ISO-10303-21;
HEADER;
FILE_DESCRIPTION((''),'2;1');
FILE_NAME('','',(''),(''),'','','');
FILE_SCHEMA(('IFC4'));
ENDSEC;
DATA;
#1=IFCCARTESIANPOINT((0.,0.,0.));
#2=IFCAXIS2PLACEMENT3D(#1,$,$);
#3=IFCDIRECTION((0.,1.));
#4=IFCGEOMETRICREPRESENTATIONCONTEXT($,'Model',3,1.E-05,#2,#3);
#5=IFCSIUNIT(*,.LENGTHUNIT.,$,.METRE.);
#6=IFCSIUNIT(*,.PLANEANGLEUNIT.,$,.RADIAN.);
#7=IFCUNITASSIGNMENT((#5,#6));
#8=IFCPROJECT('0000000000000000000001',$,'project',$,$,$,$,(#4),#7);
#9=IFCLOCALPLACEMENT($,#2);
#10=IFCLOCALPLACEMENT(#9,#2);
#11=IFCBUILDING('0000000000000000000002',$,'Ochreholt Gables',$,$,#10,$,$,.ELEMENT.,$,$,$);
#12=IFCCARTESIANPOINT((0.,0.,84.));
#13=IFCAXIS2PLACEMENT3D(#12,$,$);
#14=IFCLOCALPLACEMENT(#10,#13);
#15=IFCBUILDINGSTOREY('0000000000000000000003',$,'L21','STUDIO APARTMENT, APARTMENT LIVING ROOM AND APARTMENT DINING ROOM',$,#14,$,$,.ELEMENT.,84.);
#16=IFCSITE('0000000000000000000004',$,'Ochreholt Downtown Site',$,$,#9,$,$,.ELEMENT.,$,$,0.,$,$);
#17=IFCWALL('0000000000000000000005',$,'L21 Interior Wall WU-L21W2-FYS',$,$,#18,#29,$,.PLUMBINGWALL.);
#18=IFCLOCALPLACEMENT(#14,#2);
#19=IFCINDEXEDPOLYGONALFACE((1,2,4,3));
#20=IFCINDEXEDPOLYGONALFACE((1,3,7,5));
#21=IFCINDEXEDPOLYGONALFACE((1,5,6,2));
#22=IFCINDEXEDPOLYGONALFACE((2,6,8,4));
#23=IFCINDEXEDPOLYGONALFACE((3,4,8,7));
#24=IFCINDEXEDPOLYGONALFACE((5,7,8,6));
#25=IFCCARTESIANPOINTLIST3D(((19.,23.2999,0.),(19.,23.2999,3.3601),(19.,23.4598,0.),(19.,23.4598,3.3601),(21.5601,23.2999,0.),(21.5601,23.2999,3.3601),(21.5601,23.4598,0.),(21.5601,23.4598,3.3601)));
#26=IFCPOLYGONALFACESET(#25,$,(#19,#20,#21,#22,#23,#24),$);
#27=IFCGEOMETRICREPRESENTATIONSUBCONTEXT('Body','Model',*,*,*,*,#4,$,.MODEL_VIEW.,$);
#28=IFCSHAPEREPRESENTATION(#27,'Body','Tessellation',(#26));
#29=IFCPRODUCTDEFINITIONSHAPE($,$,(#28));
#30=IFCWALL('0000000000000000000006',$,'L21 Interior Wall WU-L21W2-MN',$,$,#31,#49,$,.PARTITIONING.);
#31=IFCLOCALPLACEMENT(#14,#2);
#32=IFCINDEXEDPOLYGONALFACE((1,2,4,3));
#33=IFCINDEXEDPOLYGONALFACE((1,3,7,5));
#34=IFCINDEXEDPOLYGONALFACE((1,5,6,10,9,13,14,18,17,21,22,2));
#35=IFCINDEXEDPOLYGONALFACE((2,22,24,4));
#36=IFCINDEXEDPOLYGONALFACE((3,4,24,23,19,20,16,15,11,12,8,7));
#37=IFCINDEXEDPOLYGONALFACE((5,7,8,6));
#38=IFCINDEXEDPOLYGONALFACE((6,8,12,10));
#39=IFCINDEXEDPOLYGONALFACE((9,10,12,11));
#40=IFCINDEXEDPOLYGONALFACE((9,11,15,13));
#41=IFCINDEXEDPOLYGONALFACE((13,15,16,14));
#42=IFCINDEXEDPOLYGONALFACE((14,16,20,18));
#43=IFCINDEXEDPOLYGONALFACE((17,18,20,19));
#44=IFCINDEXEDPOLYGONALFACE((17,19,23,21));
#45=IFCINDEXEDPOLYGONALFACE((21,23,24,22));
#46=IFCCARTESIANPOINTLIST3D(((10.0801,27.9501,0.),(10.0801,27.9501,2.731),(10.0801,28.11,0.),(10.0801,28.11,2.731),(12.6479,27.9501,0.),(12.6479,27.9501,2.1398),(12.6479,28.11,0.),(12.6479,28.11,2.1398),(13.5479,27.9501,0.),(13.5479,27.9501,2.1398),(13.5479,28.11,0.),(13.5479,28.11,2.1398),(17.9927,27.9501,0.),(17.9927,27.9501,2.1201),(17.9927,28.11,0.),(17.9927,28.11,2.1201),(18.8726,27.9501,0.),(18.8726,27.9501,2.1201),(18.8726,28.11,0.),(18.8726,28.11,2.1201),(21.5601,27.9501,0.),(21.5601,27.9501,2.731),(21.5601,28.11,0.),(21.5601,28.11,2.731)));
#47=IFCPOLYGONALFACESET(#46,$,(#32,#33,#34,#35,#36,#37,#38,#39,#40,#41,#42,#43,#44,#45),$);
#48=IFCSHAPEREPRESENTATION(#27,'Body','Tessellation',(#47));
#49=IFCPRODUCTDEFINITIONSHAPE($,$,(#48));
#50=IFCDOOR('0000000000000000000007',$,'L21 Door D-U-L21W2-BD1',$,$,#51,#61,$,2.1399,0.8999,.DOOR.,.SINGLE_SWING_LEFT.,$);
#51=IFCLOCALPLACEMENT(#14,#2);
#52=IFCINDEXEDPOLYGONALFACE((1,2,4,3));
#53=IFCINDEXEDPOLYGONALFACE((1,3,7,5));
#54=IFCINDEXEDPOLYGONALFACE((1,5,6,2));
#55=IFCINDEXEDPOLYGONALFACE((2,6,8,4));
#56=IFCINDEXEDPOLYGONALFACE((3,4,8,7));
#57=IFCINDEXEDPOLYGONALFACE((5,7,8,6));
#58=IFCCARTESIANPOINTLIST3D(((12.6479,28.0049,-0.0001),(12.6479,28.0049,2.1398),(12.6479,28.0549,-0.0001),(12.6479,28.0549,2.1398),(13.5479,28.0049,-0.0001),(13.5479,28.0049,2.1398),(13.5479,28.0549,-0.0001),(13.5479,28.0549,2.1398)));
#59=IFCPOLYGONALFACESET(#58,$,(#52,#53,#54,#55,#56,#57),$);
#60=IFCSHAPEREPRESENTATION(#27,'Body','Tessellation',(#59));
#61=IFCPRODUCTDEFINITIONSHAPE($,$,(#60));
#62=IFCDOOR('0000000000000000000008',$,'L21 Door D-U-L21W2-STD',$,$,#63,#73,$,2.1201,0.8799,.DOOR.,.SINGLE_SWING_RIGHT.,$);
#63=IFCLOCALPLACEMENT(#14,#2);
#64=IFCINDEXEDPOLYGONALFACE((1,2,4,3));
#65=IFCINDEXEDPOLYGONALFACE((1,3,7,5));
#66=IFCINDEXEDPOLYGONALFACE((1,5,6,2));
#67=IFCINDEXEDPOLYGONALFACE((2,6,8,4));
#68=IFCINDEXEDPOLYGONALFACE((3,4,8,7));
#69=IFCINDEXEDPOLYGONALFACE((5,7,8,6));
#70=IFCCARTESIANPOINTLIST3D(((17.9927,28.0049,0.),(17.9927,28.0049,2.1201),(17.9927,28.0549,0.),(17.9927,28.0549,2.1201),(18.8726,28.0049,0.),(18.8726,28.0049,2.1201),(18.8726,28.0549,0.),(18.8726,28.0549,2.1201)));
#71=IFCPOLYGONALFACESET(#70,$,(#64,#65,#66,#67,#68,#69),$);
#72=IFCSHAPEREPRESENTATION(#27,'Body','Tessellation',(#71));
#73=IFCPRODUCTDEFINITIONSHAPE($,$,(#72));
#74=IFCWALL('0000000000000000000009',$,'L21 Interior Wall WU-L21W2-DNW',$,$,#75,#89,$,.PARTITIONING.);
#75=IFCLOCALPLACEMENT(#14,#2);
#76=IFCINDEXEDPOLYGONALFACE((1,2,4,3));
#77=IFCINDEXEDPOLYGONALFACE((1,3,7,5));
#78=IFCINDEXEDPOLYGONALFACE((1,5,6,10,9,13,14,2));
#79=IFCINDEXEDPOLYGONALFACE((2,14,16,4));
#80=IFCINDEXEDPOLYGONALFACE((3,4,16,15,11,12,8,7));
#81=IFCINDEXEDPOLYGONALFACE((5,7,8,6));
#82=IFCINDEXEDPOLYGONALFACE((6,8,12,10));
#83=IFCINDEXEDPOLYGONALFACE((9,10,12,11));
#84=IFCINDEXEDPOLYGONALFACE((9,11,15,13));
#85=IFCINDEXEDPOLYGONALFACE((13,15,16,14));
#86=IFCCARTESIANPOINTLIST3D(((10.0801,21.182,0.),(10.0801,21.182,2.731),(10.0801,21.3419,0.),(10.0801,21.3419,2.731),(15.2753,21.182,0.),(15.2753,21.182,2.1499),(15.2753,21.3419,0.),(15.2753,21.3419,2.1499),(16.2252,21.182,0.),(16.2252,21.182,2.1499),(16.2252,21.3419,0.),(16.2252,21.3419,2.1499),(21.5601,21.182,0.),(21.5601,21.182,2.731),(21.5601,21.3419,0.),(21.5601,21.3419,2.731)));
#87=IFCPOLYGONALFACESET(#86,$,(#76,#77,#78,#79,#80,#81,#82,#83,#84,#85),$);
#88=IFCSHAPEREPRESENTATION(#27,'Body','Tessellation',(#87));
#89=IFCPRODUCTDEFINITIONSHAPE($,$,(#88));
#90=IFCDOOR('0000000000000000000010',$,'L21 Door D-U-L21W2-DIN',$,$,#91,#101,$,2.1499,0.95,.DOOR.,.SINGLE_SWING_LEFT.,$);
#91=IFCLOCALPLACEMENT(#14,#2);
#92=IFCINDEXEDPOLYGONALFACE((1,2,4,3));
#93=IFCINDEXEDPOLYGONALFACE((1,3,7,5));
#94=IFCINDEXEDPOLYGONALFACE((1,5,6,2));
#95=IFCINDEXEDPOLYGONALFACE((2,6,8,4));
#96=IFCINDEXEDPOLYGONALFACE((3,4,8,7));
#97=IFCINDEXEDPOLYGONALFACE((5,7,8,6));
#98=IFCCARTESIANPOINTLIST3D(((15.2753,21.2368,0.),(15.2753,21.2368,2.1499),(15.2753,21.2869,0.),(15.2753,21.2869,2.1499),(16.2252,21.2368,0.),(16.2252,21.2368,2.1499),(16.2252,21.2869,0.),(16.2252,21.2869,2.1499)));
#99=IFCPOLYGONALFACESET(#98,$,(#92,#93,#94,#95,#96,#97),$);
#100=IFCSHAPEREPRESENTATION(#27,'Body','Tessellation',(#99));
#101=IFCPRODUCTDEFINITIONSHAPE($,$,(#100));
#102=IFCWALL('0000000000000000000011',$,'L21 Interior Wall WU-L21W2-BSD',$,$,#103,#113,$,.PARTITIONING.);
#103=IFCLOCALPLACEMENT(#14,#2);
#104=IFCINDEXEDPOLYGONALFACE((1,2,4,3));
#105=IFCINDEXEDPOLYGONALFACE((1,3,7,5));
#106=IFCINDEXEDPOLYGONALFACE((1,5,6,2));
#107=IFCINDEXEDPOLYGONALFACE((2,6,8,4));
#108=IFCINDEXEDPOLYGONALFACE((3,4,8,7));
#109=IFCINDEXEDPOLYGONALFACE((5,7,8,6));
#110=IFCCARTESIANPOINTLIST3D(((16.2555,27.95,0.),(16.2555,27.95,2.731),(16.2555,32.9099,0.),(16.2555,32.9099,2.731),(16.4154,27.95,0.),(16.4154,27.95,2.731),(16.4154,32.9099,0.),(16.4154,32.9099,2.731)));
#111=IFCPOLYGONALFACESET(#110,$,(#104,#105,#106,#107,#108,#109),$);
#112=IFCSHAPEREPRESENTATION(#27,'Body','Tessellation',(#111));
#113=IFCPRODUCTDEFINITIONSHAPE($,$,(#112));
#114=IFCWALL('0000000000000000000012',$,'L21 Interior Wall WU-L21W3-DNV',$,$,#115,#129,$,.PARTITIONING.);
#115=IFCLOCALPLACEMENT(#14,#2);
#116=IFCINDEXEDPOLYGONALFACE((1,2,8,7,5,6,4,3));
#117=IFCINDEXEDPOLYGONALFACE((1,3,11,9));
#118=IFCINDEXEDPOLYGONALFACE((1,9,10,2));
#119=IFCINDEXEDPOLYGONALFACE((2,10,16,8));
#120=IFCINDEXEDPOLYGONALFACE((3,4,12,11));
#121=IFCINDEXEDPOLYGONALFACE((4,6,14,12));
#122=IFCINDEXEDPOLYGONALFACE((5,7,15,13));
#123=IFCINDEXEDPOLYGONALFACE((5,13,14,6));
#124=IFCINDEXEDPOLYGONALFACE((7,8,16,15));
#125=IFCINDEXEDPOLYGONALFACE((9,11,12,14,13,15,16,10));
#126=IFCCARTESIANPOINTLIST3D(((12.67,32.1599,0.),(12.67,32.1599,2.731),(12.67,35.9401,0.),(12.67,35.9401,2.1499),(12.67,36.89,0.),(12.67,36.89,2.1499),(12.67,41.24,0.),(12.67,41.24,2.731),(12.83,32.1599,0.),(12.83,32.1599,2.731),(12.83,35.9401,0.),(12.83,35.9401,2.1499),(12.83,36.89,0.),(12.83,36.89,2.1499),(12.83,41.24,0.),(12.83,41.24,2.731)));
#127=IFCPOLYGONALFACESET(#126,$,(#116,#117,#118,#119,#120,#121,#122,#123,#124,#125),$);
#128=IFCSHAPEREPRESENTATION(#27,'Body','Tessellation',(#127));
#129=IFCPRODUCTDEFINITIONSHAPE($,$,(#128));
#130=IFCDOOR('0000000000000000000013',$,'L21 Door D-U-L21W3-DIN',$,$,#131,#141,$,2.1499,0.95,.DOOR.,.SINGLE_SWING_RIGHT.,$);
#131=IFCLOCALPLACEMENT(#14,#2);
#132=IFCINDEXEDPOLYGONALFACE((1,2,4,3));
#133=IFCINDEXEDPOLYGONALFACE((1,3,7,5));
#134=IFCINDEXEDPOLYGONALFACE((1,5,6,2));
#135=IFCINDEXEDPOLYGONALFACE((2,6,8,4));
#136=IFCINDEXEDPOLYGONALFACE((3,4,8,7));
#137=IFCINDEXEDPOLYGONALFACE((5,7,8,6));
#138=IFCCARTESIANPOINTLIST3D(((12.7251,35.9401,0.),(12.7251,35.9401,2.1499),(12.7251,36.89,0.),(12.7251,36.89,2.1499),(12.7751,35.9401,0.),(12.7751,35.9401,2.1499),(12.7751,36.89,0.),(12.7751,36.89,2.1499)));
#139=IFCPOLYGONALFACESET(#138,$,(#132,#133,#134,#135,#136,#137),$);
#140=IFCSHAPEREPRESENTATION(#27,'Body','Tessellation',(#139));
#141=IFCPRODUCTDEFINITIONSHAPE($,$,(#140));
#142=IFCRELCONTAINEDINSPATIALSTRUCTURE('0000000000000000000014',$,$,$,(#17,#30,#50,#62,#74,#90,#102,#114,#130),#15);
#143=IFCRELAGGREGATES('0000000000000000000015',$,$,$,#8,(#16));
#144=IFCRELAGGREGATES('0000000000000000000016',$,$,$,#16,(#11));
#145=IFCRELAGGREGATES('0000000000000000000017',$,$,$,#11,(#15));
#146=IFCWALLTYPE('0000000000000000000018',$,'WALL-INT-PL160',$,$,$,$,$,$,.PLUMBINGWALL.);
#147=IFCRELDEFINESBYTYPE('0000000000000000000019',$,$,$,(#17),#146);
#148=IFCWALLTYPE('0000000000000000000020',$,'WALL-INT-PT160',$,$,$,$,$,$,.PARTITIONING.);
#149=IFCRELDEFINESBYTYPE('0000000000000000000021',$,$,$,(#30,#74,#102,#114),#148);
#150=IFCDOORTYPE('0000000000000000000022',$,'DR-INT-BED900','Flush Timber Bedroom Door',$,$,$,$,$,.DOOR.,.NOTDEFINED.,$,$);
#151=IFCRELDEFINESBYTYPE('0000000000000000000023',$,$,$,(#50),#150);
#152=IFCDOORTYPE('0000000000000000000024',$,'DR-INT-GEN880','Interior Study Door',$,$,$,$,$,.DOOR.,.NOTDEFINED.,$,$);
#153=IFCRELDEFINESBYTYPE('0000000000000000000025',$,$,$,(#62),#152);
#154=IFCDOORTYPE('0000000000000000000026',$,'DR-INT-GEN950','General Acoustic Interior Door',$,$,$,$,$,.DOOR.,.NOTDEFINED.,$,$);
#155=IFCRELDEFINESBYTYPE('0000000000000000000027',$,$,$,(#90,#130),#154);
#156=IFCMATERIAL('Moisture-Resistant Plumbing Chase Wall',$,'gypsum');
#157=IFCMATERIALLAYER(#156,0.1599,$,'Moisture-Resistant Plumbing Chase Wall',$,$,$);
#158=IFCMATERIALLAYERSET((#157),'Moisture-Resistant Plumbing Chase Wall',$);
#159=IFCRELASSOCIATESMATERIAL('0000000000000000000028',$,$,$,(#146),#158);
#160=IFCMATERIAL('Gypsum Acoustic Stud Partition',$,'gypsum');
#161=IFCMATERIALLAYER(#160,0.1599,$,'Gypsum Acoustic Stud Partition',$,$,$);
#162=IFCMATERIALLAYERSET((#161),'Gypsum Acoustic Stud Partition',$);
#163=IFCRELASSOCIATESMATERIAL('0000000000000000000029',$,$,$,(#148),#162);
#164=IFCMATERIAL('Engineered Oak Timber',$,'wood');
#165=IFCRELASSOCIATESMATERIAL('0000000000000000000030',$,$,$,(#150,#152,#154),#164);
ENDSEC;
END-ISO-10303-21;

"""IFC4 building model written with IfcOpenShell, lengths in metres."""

from ifc_helpers import new_model, si_unit, direction, frame, frame_2d, origin, place, context, subcontext, project, spatial, rectangle, extrude, material, layer, layer_set, type_object, element, fill, save


model = new_model("IFC4")

# Units and contexts
model_context = context("Model", 3, precision=1e-05, world=origin(), true_north=direction((0.0, 1.0)))
body_context = subcontext(model_context, "Body", "Model", "MODEL_VIEW")
ifc_project = project(units=[si_unit("LENGTHUNIT", "METRE"), si_unit("PLANEANGLEUNIT", "RADIAN")], contexts=[model_context])

# Site, building, storey
site_placement = place(None, origin())
site = spatial("IfcSite", under=ifc_project, at=site_placement, Name="Ochreholt Downtown Site", CompositionType="ELEMENT", RefElevation=0.0)
building_placement = place(site_placement, origin())
building = spatial("IfcBuilding", under=site, at=building_placement, Name="Ochreholt Gables", CompositionType="ELEMENT")
storey_placement = place(building_placement, frame((0.0, 0.0, 84.0)))
storey = spatial("IfcBuildingStorey", under=building, at=storey_placement, Name="L21", Description="STUDIO APARTMENT, APARTMENT LIVING ROOM AND APARTMENT DINING ROOM", CompositionType="ELEMENT", Elevation=84.0)

# Wall
ifc_material_1 = material(Name="Moisture-Resistant Plumbing Chase Wall", Category="gypsum")
ifc_layer_1 = layer(ifc_material_1, 0.1599, Name="Moisture-Resistant Plumbing Chase Wall")
ifc_layer_set_1 = layer_set([ifc_layer_1], Name="Moisture-Resistant Plumbing Chase Wall")
wall_type_1 = type_object("IfcWallType", Name="WALL-INT-PL160", PredefinedType="PLUMBINGWALL", material=ifc_layer_set_1)
wall_1_placement = place(storey_placement, frame((19.0, 23.3799, 0.0), z_axis=(0.0, 0.0, 1.0), x_axis=(1.0, 0.0, 0.0)))
element("IfcWall", 1, at=wall_1_placement, inside=storey, type_object=wall_type_1, Name="L21 Interior Wall WU-L21W2-FYS", PredefinedType="PLUMBINGWALL", context=body_context, shape_type="SweptSolid", body=[
    extrude(rectangle(XDim=2.5601, YDim=0.1599, at=frame_2d((1.28, 0.0))), origin(), (0.0, 0.0, 1.0), 3.3601),
])

# Wall, openings, doors
ifc_material_2 = material(Name="Gypsum Acoustic Stud Partition", Category="gypsum")
ifc_layer_2 = layer(ifc_material_2, 0.1599, Name="Gypsum Acoustic Stud Partition")
ifc_layer_set_2 = layer_set([ifc_layer_2], Name="Gypsum Acoustic Stud Partition")
wall_type_2 = type_object("IfcWallType", Name="WALL-INT-PT160", PredefinedType="PARTITIONING", material=ifc_layer_set_2)
wall_2_placement = place(storey_placement, frame((10.0801, 28.03, 0.0), z_axis=(0.0, 0.0, 1.0), x_axis=(1.0, 0.0, 0.0)))
wall_2 = element("IfcWall", 2, at=wall_2_placement, inside=storey, type_object=wall_type_2, Name="L21 Interior Wall WU-L21W2-MN", PredefinedType="PARTITIONING", context=body_context, shape_type="SweptSolid", body=[
    extrude(rectangle(XDim=11.48, YDim=0.1599, at=frame_2d((5.74, 0.0))), origin(), (0.0, 0.0, 1.0), 2.731),
])
opening_1_placement = place(wall_2_placement, frame((7.9126, 0.0, 0.0)))
opening_1 = element("IfcOpeningElement", 3, at=opening_1_placement, cuts=wall_2, PredefinedType="OPENING", context=body_context, shape_type="SweptSolid", body=[
    extrude(rectangle(XDim=0.8799, YDim=2.1201, at=frame_2d((0.4399, 1.0601))), frame((0.0, 0.0898, 0.0), z_axis=(0.0, -1.0, 0.0), x_axis=(1.0, 0.0, 0.0)), (0.0, 0.0, 1.0), 0.1799),
])
opening_2_placement = place(wall_2_placement, frame((2.5679, 0.0, 0.0)))
opening_2 = element("IfcOpeningElement", 4, at=opening_2_placement, cuts=wall_2, PredefinedType="OPENING", context=body_context, shape_type="SweptSolid", body=[
    extrude(rectangle(XDim=0.8999, YDim=2.1399, at=frame_2d((0.45, 1.0698))), frame((0.0, 0.0898, 0.0), z_axis=(0.0, -1.0, 0.0), x_axis=(1.0, 0.0, 0.0)), (0.0, 0.0, 1.0), 0.1799),
])
ifc_material_3 = material(Name="Engineered Oak Timber", Category="wood")
door_type_1 = type_object("IfcDoorType", Name="DR-INT-BED900", Description="Flush Timber Bedroom Door", OperationType="NOTDEFINED", PredefinedType="DOOR", material=ifc_material_3)
door_1_placement = place(opening_2_placement, origin())
door_1 = element("IfcDoor", 5, at=door_1_placement, inside=storey, type_object=door_type_1, Name="L21 Door D-U-L21W2-BD1", OperationType="SINGLE_SWING_LEFT", OverallHeight=2.1399, OverallWidth=0.8999, PredefinedType="DOOR", context=body_context, shape_type="SweptSolid", body=[
    extrude(rectangle(XDim=0.8999, YDim=2.1399, at=frame_2d((0.45, 1.0698))), frame((0.0, 0.0249, 0.0), z_axis=(0.0, -1.0, 0.0), x_axis=(1.0, 0.0, 0.0)), (0.0, 0.0, 1.0), 0.05),
])
fill(opening_2, door_1)
door_type_2 = type_object("IfcDoorType", Name="DR-INT-GEN880", Description="Interior Study Door", OperationType="NOTDEFINED", PredefinedType="DOOR", material=ifc_material_3)
door_2_placement = place(opening_1_placement, origin())
door_2 = element("IfcDoor", 6, at=door_2_placement, inside=storey, type_object=door_type_2, Name="L21 Door D-U-L21W2-STD", OperationType="SINGLE_SWING_RIGHT", OverallHeight=2.1201, OverallWidth=0.8799, PredefinedType="DOOR", context=body_context, shape_type="SweptSolid", body=[
    extrude(rectangle(XDim=0.8799, YDim=2.1201, at=frame_2d((0.4399, 1.0601))), frame((0.0, 0.0249, 0.0), z_axis=(0.0, -1.0, 0.0), x_axis=(1.0, 0.0, 0.0)), (0.0, 0.0, 1.0), 0.05),
])
fill(opening_1, door_2)

# Wall, opening, door
wall_3_placement = place(storey_placement, frame((10.0801, 21.262, 0.0), z_axis=(0.0, 0.0, 1.0), x_axis=(1.0, 0.0, 0.0)))
wall_3 = element("IfcWall", 7, at=wall_3_placement, inside=storey, type_object=wall_type_2, Name="L21 Interior Wall WU-L21W2-DNW", PredefinedType="PARTITIONING", context=body_context, shape_type="SweptSolid", body=[
    extrude(rectangle(XDim=11.48, YDim=0.1599, at=frame_2d((5.74, 0.0))), origin(), (0.0, 0.0, 1.0), 2.731),
])
opening_3_placement = place(wall_3_placement, frame((5.1951, 0.0, 0.0)))
opening_3 = element("IfcOpeningElement", 8, at=opening_3_placement, cuts=wall_3, PredefinedType="OPENING", context=body_context, shape_type="SweptSolid", body=[
    extrude(rectangle(XDim=0.95, YDim=2.1499, at=frame_2d((0.4751, 1.075))), frame((0.0, 0.0898, 0.0), z_axis=(0.0, -1.0, 0.0), x_axis=(1.0, 0.0, 0.0)), (0.0, 0.0, 1.0), 0.1799),
])
door_type_3 = type_object("IfcDoorType", Name="DR-INT-GEN950", Description="General Acoustic Interior Door", OperationType="NOTDEFINED", PredefinedType="DOOR", material=ifc_material_3)
door_3_placement = place(opening_3_placement, origin())
door_3 = element("IfcDoor", 9, at=door_3_placement, inside=storey, type_object=door_type_3, Name="L21 Door D-U-L21W2-DIN", OperationType="SINGLE_SWING_LEFT", OverallHeight=2.1499, OverallWidth=0.95, PredefinedType="DOOR", context=body_context, shape_type="SweptSolid", body=[
    extrude(rectangle(XDim=0.95, YDim=2.1499, at=frame_2d((0.4751, 1.075))), frame((0.0, 0.0249, 0.0), z_axis=(0.0, -1.0, 0.0), x_axis=(1.0, 0.0, 0.0)), (0.0, 0.0, 1.0), 0.05),
])
fill(opening_3, door_3)

# Wall
wall_4_placement = place(storey_placement, frame((16.3354, 27.95, 0.0), z_axis=(0.0, 0.0, 1.0), x_axis=(0.0, 1.0, 0.0)))
element("IfcWall", 10, at=wall_4_placement, inside=storey, type_object=wall_type_2, Name="L21 Interior Wall WU-L21W2-BSD", PredefinedType="PARTITIONING", context=body_context, shape_type="SweptSolid", body=[
    extrude(rectangle(XDim=4.96, YDim=0.1599, at=frame_2d((2.48, 0.0))), origin(), (0.0, 0.0, 1.0), 2.731),
])

# Wall, opening, door
wall_5_placement = place(storey_placement, frame((12.75, 32.1599, 0.0), z_axis=(0.0, 0.0, 1.0), x_axis=(0.0, 1.0, 0.0)))
wall_5 = element("IfcWall", 11, at=wall_5_placement, inside=storey, type_object=wall_type_2, Name="L21 Interior Wall WU-L21W3-DNV", PredefinedType="PARTITIONING", context=body_context, shape_type="SweptSolid", body=[
    extrude(rectangle(XDim=9.0801, YDim=0.1599, at=frame_2d((4.54, 0.0))), origin(), (0.0, 0.0, 1.0), 2.731),
])
opening_4_placement = place(wall_5_placement, frame((3.78, 0.0, 0.0)))
opening_4 = element("IfcOpeningElement", 12, at=opening_4_placement, cuts=wall_5, PredefinedType="OPENING", context=body_context, shape_type="SweptSolid", body=[
    extrude(rectangle(XDim=0.95, YDim=2.1499, at=frame_2d((0.4751, 1.075))), frame((0.0, 0.0898, 0.0), z_axis=(0.0, -1.0, 0.0), x_axis=(1.0, 0.0, 0.0)), (0.0, 0.0, 1.0), 0.1799),
])
door_4_placement = place(opening_4_placement, origin())
door_4 = element("IfcDoor", 13, at=door_4_placement, inside=storey, type_object=door_type_3, Name="L21 Door D-U-L21W3-DIN", OperationType="SINGLE_SWING_RIGHT", OverallHeight=2.1499, OverallWidth=0.95, PredefinedType="DOOR", context=body_context, shape_type="SweptSolid", body=[
    extrude(rectangle(XDim=0.95, YDim=2.1499, at=frame_2d((0.4751, 1.075))), frame((0.0, 0.0249, 0.0), z_axis=(0.0, -1.0, 0.0), x_axis=(1.0, 0.0, 0.0)), (0.0, 0.0, 1.0), 0.05),
])
fill(opening_4, door_4)

save(model, "model.ifc")
